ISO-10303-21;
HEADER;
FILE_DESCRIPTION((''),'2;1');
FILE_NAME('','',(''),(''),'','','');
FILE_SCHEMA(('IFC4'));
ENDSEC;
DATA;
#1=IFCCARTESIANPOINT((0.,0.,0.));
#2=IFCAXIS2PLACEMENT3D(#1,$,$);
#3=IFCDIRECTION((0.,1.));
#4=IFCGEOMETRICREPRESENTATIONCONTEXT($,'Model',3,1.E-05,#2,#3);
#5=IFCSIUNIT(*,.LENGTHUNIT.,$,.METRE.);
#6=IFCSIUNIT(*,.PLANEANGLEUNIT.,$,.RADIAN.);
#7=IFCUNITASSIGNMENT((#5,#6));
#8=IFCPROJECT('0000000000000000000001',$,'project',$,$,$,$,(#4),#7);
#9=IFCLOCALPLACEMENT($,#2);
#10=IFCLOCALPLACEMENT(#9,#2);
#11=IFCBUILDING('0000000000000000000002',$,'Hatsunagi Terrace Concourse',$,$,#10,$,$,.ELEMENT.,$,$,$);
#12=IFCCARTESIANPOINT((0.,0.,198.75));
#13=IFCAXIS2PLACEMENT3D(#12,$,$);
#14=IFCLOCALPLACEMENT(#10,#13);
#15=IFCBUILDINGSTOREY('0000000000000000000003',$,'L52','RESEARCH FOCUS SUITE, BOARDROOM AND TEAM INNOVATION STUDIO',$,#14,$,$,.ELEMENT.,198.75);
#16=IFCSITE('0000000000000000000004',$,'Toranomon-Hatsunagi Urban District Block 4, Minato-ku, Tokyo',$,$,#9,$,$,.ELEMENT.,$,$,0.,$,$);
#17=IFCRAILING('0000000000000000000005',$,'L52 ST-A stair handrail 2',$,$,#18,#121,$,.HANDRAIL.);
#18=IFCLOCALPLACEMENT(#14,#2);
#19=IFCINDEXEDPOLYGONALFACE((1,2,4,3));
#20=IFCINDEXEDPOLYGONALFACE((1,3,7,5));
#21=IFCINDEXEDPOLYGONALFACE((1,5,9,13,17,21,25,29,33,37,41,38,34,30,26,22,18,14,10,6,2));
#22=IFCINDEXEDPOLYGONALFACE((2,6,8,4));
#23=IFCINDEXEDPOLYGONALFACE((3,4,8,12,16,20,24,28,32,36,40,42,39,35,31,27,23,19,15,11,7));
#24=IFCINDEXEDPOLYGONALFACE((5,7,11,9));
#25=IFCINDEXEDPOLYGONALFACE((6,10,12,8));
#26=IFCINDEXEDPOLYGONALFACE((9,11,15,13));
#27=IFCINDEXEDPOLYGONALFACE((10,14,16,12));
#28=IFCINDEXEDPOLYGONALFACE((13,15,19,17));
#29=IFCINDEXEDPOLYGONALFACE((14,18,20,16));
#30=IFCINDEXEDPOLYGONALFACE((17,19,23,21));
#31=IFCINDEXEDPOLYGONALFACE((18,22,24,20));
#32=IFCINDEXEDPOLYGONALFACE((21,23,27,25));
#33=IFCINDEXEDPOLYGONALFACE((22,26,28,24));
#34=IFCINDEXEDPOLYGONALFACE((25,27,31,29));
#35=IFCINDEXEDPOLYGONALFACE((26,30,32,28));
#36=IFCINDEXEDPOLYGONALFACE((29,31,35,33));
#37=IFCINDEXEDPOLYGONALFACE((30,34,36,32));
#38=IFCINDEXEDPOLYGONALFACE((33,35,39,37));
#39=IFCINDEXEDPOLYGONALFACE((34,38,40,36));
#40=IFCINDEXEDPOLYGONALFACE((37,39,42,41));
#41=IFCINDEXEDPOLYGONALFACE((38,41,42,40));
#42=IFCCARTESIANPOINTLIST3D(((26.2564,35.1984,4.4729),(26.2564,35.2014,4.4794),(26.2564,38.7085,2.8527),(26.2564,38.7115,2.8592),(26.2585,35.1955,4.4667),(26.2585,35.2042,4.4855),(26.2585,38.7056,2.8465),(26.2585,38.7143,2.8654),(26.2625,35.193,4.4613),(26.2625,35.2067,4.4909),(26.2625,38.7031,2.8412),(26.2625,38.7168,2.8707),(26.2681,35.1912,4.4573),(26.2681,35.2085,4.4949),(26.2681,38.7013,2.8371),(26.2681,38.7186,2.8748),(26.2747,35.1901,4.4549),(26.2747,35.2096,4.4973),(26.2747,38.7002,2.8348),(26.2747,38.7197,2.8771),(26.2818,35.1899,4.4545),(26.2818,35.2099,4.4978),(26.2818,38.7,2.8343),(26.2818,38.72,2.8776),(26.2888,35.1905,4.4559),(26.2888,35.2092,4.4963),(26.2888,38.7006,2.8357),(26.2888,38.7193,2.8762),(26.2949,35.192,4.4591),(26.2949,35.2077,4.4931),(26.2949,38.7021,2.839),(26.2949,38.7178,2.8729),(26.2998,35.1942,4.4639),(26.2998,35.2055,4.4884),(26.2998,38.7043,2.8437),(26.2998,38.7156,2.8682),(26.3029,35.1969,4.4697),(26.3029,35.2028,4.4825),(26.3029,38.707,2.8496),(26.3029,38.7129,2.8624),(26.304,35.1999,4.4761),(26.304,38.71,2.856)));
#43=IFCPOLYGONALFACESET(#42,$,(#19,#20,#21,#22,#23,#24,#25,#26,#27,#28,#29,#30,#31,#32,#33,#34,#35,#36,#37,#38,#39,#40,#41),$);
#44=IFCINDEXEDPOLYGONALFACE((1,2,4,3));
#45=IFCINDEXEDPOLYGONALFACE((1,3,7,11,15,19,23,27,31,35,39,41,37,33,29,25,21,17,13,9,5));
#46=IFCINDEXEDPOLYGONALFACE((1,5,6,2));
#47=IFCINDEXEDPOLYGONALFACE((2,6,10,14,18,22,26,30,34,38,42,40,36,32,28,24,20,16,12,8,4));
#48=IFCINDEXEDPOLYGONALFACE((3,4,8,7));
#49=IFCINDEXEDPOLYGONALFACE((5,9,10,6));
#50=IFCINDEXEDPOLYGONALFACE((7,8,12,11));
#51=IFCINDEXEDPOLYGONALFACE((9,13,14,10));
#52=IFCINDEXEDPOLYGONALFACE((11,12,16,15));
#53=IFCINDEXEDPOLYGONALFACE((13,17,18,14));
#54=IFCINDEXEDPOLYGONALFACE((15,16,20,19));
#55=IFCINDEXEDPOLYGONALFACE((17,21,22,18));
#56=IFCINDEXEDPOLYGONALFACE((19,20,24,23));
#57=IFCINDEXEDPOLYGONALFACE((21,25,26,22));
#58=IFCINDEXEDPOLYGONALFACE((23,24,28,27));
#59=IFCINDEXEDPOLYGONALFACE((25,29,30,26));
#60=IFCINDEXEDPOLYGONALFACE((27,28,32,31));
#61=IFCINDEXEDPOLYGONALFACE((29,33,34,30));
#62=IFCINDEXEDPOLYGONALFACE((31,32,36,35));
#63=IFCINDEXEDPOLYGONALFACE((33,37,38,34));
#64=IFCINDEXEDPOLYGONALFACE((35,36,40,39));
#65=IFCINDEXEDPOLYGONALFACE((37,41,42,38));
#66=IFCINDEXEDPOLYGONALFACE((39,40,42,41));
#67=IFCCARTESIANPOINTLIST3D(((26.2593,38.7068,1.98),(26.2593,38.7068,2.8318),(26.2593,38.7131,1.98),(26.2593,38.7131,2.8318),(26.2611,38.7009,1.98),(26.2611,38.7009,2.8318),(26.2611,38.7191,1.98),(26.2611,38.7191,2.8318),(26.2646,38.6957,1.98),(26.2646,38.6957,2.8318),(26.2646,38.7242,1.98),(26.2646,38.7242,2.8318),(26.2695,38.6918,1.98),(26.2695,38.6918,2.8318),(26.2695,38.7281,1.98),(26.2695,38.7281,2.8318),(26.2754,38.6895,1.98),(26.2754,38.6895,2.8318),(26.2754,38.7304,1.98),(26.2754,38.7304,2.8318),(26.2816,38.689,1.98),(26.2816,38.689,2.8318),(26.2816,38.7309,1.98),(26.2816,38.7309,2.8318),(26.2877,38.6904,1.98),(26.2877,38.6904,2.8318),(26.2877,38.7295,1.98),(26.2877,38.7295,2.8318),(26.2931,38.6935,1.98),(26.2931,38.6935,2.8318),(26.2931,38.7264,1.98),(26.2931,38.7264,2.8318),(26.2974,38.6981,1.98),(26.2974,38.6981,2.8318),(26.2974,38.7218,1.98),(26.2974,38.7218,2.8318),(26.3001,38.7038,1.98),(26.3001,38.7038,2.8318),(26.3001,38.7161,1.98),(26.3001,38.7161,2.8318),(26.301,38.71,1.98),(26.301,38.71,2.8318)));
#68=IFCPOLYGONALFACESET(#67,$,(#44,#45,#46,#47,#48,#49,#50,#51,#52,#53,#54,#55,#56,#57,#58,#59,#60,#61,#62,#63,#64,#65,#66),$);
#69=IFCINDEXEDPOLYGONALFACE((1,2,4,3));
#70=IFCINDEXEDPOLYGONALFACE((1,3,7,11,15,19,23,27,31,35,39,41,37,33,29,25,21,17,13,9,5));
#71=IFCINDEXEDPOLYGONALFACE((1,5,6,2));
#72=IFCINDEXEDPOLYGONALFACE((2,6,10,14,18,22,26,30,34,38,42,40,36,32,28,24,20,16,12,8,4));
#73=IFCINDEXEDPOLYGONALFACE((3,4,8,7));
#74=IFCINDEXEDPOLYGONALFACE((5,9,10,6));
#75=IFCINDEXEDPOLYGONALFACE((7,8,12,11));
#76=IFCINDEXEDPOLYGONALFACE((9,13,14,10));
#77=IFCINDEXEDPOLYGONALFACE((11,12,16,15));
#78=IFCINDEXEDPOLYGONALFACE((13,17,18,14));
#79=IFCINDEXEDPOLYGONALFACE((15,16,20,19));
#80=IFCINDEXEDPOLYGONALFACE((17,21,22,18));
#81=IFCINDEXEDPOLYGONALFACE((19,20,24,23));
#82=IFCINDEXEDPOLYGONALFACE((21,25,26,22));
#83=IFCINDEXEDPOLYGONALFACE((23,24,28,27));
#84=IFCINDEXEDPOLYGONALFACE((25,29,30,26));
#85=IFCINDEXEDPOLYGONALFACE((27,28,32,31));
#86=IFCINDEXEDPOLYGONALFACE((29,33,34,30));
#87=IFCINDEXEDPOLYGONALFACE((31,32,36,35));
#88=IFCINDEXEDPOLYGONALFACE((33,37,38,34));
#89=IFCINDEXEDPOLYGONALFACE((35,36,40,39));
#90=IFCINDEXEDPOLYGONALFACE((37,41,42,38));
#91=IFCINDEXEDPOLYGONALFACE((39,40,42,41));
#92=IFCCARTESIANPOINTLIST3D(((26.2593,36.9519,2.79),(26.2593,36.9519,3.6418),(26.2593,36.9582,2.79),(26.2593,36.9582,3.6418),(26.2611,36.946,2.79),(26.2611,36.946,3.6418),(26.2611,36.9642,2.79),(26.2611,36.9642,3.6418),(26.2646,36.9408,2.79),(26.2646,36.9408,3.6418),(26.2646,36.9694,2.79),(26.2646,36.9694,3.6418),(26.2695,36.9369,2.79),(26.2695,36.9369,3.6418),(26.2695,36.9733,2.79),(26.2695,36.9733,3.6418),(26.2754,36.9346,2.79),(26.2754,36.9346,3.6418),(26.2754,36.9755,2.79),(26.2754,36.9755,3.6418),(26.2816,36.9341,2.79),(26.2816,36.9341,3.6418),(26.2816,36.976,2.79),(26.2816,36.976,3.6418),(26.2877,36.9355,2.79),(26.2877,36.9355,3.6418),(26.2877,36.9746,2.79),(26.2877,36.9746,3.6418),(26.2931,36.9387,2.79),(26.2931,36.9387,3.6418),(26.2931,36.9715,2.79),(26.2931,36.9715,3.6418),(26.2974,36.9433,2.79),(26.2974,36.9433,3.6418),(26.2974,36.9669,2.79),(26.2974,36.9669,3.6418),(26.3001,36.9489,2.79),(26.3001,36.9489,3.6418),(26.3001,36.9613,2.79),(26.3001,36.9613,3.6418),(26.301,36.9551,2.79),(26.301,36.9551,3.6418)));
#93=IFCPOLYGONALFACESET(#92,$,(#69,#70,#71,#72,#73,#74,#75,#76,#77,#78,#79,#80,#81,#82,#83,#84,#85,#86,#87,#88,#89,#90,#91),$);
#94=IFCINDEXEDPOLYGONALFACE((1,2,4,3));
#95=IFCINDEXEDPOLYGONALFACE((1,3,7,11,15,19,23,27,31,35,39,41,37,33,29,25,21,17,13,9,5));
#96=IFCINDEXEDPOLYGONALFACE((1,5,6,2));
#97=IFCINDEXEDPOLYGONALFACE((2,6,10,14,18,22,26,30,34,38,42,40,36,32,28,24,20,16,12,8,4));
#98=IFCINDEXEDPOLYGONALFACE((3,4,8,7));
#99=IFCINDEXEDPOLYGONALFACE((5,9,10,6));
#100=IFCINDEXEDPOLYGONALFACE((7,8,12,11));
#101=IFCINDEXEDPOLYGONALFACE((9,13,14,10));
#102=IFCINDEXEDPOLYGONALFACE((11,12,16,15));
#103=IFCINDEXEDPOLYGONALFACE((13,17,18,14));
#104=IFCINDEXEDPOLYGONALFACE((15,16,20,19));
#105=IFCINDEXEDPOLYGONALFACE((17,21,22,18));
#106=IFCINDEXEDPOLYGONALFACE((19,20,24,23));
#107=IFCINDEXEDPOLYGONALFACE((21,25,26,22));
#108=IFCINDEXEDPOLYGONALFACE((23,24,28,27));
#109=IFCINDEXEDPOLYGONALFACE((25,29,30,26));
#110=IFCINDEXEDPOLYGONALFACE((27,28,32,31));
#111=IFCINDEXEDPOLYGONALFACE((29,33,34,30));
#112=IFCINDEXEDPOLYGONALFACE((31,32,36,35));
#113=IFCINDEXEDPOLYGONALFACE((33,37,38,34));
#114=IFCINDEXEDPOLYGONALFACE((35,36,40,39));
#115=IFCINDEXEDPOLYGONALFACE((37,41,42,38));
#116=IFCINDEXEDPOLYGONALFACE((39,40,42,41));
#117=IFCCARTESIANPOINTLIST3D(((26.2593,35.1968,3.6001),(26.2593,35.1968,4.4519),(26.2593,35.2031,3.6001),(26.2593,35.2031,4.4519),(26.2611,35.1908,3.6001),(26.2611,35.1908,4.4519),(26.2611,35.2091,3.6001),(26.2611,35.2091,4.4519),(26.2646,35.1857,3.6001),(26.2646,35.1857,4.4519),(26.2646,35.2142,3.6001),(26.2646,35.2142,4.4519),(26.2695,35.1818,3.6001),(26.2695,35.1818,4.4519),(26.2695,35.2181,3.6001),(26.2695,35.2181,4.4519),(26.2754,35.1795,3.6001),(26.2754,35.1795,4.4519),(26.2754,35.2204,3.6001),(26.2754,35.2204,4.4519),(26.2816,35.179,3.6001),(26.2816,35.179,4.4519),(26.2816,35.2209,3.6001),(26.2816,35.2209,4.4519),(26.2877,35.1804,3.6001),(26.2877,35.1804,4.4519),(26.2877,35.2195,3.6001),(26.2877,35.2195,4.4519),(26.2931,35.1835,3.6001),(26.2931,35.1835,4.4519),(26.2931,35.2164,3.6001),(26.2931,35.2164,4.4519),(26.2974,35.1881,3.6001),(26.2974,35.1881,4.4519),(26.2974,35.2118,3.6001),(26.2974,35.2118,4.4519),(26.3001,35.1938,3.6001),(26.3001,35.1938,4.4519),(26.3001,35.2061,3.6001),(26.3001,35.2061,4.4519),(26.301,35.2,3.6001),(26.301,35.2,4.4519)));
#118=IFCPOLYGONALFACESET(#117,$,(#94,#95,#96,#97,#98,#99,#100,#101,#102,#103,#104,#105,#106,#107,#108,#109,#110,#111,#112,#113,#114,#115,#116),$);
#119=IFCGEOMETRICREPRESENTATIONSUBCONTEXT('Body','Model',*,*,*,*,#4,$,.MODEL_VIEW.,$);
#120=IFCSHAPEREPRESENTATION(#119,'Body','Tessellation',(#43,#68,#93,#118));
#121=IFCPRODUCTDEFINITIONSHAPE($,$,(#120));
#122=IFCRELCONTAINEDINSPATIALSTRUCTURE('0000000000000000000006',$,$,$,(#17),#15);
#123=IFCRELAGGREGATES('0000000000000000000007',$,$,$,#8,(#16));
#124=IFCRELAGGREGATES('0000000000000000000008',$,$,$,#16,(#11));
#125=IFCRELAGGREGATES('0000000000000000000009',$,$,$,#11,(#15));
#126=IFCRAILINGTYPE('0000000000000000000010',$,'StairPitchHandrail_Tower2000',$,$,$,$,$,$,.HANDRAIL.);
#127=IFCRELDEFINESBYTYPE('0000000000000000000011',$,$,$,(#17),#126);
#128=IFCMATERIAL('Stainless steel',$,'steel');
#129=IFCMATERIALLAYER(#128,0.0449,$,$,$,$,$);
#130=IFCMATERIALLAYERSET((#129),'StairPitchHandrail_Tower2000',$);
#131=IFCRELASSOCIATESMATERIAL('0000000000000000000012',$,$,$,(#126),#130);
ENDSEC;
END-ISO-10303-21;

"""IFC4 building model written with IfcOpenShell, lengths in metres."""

from ifc_helpers import new_model, si_unit, direction, frame, origin, origin_2d, place, context, subcontext, project, spatial, circle, extrude, material, layer, layer_set, type_object, element, save


model = new_model("IFC4")

# Units and contexts
model_context = context("Model", 3, precision=1e-05, world=origin(), true_north=direction((0.0, 1.0)))
body_context = subcontext(model_context, "Body", "Model", "MODEL_VIEW")
ifc_project = project(units=[si_unit("LENGTHUNIT", "METRE"), si_unit("PLANEANGLEUNIT", "RADIAN")], contexts=[model_context])

# Site, building, storey
site_placement = place(None, origin())
site = spatial("IfcSite", under=ifc_project, at=site_placement, Name="Toranomon-Hatsunagi Urban District Block 4, Minato-ku, Tokyo", CompositionType="ELEMENT", RefElevation=0.0)
building_placement = place(site_placement, origin())
building = spatial("IfcBuilding", under=site, at=building_placement, Name="Hatsunagi Terrace Concourse", CompositionType="ELEMENT")
storey_placement = place(building_placement, frame((0.0, 0.0, 198.75)))
storey = spatial("IfcBuildingStorey", under=building, at=storey_placement, Name="L52", Description="RESEARCH FOCUS SUITE, BOARDROOM AND TEAM INNOVATION STUDIO", CompositionType="ELEMENT", Elevation=198.75)

# Railing
ifc_material_1 = material(Name="Stainless steel", Category="steel")
ifc_layer_1 = layer(ifc_material_1, 0.0449)
ifc_layer_set_1 = layer_set([ifc_layer_1], Name="StairPitchHandrail_Tower2000")
railing_type_1 = type_object("IfcRailingType", Name="StairPitchHandrail_Tower2000", PredefinedType="HANDRAIL", material=ifc_layer_set_1)
railing_1_placement = place(storey_placement, frame((26.28, 38.71, 1.98)))
element("IfcRailing", 1, at=railing_1_placement, inside=storey, type_object=railing_type_1, Name="L52 ST-A stair handrail 2", PredefinedType="HANDRAIL", context=body_context, shape_type="SweptSolid", body=[
    extrude(circle(Radius=0.0239, at=origin_2d()), frame((0.0, 0.0, 0.876), z_axis=(0.0, -0.907948, 0.419082), x_axis=(1.0, 0.0, 0.0)), (0.0, 0.0, 1.0), 3.866),
    extrude(circle(Radius=0.021, at=origin_2d()), origin(), (0.0, 0.0, 1.0), 0.8518),
    extrude(circle(Radius=0.021, at=origin_2d()), frame((0.0, -1.7549, 0.8101)), (0.0, 0.0, 1.0), 0.8518),
    extrude(circle(Radius=0.021, at=origin_2d()), frame((0.0, -3.51, 1.6201)), (0.0, 0.0, 1.0), 0.8518),
])

save(model, "model.ifc")
